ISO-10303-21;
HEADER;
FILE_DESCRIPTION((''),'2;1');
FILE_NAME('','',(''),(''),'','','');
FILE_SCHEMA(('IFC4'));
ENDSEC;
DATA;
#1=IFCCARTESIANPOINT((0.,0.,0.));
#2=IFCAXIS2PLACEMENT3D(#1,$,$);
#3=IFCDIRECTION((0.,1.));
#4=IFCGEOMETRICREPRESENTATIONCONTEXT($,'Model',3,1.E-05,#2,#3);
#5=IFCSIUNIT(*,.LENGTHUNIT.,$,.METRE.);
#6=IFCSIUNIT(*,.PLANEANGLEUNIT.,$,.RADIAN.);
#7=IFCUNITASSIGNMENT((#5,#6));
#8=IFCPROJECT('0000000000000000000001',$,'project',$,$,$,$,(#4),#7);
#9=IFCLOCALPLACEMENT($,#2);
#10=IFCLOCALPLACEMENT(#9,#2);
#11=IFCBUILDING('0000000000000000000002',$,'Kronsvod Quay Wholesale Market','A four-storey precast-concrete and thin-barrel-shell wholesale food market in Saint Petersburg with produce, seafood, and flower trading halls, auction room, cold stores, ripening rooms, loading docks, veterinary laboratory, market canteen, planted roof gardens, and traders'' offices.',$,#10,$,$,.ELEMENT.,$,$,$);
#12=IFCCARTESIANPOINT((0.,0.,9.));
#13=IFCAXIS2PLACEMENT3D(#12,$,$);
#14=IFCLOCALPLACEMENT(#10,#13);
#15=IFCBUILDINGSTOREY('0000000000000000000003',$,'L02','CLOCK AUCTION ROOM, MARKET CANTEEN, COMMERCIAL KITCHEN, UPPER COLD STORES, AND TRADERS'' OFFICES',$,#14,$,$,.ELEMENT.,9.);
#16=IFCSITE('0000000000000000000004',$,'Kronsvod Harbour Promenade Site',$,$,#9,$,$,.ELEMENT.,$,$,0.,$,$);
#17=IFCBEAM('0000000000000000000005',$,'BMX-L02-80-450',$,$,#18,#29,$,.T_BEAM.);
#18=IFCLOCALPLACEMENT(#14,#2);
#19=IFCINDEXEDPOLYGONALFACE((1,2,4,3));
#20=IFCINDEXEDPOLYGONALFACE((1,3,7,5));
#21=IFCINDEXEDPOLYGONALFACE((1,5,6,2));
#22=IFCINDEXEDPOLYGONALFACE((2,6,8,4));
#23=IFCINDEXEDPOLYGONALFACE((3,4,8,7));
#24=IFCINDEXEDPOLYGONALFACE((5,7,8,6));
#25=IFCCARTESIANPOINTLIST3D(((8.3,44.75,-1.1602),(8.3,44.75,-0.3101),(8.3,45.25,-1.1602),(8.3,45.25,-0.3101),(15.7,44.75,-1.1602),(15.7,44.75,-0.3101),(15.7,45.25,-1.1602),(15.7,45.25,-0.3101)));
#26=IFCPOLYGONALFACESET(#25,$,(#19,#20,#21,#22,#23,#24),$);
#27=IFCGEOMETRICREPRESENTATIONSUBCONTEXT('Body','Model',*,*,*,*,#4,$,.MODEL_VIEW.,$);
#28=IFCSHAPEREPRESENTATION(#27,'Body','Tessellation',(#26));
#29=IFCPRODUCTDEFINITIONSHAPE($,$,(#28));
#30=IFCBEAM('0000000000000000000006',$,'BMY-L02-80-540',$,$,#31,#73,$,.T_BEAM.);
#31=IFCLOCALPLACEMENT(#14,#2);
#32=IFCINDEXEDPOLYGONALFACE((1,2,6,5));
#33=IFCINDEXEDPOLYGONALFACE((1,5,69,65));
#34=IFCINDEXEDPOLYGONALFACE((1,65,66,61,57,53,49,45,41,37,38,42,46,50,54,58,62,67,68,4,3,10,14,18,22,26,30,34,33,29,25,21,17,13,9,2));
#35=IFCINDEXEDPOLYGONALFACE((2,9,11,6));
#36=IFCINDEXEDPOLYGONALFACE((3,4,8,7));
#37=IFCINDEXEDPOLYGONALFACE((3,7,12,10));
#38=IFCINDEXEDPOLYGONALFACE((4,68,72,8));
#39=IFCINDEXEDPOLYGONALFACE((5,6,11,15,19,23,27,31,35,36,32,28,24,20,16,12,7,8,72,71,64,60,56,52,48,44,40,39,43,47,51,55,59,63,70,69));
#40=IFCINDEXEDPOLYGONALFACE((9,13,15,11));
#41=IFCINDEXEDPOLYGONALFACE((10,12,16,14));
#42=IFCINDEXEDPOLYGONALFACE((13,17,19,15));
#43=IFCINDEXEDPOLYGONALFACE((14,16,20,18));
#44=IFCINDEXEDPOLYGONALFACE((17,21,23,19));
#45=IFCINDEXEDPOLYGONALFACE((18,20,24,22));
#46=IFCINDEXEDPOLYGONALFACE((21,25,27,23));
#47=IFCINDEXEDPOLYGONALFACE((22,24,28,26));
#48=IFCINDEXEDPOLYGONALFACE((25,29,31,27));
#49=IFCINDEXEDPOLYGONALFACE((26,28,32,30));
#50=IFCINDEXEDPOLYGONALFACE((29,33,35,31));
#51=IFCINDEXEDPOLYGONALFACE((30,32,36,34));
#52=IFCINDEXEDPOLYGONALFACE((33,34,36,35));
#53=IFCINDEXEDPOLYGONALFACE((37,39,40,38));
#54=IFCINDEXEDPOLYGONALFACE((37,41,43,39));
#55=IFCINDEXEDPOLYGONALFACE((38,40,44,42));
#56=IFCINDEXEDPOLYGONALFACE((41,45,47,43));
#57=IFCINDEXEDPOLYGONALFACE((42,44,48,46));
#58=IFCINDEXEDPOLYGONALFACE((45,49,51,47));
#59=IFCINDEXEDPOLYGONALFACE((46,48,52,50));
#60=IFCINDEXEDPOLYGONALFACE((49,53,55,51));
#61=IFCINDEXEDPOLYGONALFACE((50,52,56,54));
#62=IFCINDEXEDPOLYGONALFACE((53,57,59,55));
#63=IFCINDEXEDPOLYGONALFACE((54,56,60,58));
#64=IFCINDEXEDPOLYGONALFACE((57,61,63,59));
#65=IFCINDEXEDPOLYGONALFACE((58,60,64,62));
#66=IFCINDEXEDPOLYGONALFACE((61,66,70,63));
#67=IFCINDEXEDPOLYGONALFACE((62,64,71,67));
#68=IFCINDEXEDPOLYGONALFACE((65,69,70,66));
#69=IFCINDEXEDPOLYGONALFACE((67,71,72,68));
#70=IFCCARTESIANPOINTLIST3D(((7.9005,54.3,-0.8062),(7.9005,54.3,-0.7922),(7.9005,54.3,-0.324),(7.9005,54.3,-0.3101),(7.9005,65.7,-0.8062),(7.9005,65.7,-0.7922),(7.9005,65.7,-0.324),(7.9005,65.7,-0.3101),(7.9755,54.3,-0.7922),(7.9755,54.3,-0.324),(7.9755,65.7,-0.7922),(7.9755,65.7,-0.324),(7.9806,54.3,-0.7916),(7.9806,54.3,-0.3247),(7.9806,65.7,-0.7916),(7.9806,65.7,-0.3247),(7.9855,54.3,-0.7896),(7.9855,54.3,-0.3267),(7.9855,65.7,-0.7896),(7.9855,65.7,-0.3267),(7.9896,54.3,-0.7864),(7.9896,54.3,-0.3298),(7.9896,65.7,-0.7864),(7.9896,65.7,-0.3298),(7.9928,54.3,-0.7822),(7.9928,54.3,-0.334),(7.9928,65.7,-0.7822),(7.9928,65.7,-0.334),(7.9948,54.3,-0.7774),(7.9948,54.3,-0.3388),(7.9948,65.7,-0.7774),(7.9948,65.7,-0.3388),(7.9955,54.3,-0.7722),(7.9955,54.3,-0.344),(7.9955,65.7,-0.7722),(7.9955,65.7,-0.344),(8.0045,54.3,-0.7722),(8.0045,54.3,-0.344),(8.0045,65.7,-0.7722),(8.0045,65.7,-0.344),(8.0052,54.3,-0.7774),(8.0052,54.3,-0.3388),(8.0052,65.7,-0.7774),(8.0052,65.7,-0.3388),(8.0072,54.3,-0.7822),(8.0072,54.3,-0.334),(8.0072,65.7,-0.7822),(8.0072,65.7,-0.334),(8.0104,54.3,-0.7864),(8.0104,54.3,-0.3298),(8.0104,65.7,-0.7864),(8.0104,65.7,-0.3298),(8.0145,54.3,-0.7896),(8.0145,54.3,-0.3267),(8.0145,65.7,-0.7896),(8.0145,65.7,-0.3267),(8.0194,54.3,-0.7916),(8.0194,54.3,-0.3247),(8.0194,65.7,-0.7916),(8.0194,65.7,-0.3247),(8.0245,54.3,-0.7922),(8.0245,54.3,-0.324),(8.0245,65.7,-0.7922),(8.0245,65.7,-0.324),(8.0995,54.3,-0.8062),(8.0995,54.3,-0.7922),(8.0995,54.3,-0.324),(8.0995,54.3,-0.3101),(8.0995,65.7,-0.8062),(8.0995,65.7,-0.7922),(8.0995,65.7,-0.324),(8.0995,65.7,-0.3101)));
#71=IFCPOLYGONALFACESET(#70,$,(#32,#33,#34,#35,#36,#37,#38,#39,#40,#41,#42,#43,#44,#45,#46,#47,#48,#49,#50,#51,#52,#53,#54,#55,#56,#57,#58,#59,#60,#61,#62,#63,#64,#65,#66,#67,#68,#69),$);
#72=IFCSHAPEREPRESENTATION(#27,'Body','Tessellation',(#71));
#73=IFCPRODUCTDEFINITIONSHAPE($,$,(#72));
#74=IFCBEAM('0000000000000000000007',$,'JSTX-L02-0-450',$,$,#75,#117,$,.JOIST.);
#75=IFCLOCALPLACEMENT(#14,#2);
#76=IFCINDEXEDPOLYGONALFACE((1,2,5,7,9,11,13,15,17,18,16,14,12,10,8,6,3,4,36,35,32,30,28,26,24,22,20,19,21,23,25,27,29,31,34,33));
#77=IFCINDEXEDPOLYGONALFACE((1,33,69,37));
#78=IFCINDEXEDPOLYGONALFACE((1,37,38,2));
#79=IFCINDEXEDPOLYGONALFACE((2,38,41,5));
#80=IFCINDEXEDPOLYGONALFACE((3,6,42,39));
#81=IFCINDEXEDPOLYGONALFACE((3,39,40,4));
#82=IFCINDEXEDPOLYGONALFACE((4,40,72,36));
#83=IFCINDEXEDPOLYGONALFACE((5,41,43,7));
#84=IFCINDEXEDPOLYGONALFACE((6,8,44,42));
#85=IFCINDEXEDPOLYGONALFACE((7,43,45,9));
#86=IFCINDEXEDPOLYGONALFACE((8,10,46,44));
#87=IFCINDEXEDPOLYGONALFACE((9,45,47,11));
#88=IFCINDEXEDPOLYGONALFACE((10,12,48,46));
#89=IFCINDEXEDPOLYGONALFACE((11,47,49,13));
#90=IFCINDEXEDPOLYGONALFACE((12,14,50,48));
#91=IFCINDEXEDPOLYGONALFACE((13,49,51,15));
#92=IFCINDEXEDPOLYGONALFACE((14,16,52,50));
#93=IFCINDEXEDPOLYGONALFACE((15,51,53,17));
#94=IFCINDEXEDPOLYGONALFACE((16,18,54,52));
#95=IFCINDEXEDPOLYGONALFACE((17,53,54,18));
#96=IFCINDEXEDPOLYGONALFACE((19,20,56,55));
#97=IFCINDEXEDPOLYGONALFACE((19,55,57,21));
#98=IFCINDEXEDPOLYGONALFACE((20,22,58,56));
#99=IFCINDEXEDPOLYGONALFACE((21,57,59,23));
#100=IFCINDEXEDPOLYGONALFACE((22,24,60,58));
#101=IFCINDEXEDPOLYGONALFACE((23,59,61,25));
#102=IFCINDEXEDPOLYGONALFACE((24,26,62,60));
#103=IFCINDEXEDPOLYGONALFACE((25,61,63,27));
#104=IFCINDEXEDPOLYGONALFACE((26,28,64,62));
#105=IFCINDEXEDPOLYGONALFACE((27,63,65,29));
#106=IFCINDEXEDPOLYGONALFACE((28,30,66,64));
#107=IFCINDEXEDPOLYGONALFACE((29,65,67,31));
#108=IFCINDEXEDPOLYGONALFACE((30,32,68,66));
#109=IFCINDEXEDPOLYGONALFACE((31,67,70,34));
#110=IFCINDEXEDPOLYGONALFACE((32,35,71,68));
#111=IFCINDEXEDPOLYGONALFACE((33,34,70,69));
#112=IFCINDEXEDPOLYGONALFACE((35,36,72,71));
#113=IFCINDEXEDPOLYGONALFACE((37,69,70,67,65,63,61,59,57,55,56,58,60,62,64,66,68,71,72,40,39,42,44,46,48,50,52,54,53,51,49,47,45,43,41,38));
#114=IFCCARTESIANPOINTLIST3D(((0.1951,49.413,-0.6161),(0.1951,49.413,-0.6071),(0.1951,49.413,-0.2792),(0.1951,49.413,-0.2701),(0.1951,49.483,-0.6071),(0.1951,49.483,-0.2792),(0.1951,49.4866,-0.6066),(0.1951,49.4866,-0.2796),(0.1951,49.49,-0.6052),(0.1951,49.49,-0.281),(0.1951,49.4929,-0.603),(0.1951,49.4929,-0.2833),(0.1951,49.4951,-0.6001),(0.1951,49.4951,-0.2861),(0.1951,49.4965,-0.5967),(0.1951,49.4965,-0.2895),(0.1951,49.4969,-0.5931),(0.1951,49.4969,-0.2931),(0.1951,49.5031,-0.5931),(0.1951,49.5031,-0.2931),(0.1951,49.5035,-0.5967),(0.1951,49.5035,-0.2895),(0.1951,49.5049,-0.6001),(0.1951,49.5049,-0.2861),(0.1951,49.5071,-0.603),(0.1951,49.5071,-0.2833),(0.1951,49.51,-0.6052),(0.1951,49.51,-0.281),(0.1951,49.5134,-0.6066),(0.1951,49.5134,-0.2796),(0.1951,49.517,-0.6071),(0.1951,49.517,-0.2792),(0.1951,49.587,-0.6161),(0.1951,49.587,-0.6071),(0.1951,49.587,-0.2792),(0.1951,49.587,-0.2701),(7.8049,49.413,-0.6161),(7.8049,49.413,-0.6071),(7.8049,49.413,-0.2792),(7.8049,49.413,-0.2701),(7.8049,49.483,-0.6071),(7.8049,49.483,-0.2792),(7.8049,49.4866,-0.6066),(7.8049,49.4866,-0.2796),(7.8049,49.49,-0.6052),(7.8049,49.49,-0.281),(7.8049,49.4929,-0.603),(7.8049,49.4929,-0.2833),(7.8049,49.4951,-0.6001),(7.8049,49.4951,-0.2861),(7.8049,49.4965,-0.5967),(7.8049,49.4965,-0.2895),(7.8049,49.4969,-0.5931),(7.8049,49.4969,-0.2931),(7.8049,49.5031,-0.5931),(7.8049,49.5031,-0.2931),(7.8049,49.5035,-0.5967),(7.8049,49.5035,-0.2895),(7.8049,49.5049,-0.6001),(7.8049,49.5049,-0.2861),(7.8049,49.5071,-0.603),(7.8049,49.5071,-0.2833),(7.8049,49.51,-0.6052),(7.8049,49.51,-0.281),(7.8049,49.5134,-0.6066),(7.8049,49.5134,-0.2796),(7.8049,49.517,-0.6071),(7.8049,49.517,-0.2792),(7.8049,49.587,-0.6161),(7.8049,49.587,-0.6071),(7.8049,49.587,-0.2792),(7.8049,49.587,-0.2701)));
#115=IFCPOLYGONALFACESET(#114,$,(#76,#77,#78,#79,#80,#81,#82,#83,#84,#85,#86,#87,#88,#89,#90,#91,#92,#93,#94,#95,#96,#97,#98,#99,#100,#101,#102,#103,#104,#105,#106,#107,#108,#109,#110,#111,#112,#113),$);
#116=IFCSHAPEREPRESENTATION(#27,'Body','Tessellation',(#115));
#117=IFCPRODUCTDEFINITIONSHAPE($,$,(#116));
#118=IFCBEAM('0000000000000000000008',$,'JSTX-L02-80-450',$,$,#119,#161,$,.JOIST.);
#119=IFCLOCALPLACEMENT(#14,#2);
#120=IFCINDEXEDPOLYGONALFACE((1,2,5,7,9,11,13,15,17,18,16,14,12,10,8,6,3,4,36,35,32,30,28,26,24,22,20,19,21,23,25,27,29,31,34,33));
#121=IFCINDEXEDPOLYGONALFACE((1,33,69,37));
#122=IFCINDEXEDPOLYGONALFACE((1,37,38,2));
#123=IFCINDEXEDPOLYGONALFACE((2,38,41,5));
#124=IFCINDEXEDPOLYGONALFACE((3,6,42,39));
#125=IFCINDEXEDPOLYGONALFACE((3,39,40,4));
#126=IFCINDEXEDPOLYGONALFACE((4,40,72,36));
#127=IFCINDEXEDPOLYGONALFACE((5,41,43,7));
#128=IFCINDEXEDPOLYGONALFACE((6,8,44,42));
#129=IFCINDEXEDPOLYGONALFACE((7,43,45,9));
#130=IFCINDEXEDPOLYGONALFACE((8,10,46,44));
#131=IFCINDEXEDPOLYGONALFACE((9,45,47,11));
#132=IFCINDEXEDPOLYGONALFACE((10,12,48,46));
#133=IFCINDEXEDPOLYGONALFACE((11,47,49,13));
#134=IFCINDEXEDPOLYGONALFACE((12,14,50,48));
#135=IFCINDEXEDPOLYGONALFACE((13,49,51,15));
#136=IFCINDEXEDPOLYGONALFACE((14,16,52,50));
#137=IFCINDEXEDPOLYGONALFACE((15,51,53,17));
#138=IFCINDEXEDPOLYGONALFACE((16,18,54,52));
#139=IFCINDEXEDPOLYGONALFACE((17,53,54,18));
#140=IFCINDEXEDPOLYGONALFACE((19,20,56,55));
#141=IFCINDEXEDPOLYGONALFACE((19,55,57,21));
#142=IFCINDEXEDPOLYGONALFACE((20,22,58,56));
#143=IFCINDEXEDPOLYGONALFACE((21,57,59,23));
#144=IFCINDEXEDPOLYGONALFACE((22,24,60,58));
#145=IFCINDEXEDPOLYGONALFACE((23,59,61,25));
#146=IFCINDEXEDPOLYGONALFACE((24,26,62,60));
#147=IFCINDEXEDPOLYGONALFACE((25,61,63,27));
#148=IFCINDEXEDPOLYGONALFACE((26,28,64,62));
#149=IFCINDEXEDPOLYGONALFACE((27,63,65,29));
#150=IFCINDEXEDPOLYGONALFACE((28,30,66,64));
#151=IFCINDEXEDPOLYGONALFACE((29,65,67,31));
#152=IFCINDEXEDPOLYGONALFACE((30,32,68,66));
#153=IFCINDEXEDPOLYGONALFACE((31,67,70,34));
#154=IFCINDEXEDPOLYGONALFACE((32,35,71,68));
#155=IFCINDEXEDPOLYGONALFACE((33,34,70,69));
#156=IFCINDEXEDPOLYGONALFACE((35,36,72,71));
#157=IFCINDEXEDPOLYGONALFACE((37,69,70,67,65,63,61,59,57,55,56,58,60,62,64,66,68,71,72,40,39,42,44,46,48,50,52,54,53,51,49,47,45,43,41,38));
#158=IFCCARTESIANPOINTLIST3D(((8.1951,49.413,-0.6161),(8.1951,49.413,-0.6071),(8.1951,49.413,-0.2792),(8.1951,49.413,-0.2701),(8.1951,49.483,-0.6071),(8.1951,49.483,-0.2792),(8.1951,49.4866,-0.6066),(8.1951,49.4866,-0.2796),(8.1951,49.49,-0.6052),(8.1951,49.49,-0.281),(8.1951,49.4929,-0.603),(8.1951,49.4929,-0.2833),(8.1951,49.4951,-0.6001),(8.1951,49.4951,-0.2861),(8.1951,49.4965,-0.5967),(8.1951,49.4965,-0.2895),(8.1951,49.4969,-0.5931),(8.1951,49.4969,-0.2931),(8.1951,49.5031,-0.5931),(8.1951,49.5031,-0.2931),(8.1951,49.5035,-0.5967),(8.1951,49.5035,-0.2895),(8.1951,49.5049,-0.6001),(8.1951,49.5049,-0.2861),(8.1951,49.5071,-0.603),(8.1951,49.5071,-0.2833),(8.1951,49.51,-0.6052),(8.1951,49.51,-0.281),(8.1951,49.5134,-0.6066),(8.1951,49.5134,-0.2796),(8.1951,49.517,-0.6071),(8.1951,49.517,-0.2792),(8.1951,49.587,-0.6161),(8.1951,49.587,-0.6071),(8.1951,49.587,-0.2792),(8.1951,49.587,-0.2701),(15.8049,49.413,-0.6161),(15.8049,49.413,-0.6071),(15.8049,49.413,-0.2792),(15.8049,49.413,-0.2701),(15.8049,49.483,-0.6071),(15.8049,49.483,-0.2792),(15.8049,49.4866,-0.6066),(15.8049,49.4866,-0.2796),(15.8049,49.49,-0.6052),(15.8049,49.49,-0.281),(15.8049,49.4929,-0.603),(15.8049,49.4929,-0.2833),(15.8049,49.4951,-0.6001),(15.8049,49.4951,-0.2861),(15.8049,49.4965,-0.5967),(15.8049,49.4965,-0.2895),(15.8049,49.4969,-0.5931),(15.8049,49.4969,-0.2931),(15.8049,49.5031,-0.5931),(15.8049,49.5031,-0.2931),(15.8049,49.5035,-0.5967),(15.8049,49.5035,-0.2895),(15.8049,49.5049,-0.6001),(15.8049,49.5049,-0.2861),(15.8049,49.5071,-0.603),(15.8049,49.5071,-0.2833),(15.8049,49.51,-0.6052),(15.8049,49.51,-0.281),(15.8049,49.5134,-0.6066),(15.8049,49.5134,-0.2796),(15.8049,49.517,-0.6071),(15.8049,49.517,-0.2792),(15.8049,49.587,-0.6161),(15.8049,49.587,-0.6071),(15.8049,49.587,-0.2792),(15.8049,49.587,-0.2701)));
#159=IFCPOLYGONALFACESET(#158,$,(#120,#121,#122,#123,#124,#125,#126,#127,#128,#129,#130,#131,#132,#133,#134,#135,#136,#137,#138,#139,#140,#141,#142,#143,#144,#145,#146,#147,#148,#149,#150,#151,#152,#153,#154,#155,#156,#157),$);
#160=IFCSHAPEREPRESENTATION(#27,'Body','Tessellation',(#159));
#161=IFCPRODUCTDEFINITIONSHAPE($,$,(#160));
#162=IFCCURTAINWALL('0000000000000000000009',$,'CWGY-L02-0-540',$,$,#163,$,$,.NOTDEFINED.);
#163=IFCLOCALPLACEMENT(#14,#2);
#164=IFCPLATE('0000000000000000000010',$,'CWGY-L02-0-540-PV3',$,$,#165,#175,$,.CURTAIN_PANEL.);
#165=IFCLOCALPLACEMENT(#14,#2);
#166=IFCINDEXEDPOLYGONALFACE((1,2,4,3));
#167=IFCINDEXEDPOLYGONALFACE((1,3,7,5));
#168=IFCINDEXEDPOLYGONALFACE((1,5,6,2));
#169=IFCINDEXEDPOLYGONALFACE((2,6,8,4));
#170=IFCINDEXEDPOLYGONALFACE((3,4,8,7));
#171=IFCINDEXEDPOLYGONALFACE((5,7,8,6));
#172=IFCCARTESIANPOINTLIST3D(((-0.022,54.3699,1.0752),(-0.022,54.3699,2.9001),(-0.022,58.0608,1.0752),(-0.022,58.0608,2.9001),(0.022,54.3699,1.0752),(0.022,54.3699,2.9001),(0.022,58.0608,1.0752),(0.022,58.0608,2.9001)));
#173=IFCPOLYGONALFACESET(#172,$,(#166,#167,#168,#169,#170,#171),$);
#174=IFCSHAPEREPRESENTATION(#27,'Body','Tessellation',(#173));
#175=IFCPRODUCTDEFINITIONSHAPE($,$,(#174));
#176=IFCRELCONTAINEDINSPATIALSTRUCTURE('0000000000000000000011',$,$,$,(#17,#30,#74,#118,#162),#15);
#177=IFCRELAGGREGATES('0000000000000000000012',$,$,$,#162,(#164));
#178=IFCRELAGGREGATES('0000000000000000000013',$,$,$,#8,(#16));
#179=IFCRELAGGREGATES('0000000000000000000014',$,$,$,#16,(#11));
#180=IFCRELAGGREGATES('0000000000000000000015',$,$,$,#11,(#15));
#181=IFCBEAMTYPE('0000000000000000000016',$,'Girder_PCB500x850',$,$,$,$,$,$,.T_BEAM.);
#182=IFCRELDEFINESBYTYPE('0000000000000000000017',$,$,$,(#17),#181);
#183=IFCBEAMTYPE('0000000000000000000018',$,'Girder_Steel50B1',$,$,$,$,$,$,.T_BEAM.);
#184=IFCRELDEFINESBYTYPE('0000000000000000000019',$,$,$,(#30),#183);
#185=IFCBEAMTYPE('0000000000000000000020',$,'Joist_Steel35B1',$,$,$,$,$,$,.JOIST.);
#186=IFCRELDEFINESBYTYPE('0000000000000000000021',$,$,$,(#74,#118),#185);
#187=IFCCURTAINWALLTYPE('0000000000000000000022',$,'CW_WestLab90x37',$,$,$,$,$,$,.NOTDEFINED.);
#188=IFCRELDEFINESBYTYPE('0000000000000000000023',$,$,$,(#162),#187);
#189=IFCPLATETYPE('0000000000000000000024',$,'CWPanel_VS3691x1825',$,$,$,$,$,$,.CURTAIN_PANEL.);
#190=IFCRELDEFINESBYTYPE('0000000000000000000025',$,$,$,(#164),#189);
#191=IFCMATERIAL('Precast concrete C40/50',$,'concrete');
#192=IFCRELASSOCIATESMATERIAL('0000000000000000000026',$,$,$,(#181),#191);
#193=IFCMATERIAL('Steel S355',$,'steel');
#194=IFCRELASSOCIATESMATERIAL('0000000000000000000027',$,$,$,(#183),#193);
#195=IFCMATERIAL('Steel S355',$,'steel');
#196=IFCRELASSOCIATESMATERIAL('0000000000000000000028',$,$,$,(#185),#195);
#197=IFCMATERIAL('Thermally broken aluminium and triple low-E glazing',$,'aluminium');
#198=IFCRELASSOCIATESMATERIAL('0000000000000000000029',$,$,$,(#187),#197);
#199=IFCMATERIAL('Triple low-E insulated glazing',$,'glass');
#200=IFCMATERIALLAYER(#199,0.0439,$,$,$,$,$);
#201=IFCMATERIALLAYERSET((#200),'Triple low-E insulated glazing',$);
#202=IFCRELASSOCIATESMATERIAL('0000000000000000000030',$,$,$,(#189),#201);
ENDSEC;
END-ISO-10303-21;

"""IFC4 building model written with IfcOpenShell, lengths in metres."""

from ifc_helpers import new_model, si_unit, direction, frame, origin, origin_2d, place, context, subcontext, project, spatial, rectangle, i_section, extrude, material, layer, layer_set, material_profile, profile_set, type_object, element, aggregate, save


model = new_model("IFC4")

# Units and contexts
model_context = context("Model", 3, precision=1e-05, world=origin(), true_north=direction((0.0, 1.0)))
body_context = subcontext(model_context, "Body", "Model", "MODEL_VIEW")
ifc_project = project(units=[si_unit("LENGTHUNIT", "METRE"), si_unit("PLANEANGLEUNIT", "RADIAN")], contexts=[model_context])

# Site, building, storey
site_placement = place(None, origin())
site = spatial("IfcSite", under=ifc_project, at=site_placement, Name="Kronsvod Harbour Promenade Site", CompositionType="ELEMENT", RefElevation=0.0)
building_placement = place(site_placement, origin())
building = spatial("IfcBuilding", under=site, at=building_placement, Name="Kronsvod Quay Wholesale Market", Description="A four-storey precast-concrete and thin-barrel-shell wholesale food market in Saint Petersburg with produce, seafood, and flower trading halls, auction room, cold stores, ripening rooms, loading docks, veterinary laboratory, market canteen, planted roof gardens, and traders' offices.", CompositionType="ELEMENT")
storey_placement = place(building_placement, frame((0.0, 0.0, 9.0)))
storey = spatial("IfcBuildingStorey", under=building, at=storey_placement, Name="L02", Description="CLOCK AUCTION ROOM, MARKET CANTEEN, COMMERCIAL KITCHEN, UPPER COLD STORES, AND TRADERS' OFFICES", CompositionType="ELEMENT", Elevation=9.0)

# Beams
ifc_material_1 = material(Name="Precast concrete C40/50", Category="concrete")
ifc_material_profile_1 = material_profile(ifc_material_1, rectangle(XDim=0.5, YDim=0.8501, at=origin_2d()), Name="PCB500x850")
ifc_profile_set_1 = profile_set([ifc_material_profile_1], Name="Precast concrete C40/50")
beam_type_1 = type_object("IfcBeamType", Name="Girder_PCB500x850", PredefinedType="T_BEAM", material=ifc_profile_set_1)
beam_1_placement = place(storey_placement, frame((8.3, 45.0, -0.7351), z_axis=(1.0, 0.0, 0.0), x_axis=(0.0, 1.0, 0.0)))
element("IfcBeam", 1, at=beam_1_placement, inside=storey, type_object=beam_type_1, Name="BMX-L02-80-450", PredefinedType="T_BEAM", context=body_context, shape_type="SweptSolid", body=[
    extrude(rectangle(XDim=0.5, YDim=0.8501, at=origin_2d()), origin(), (0.0, 0.0, 1.0), 7.3999),
])
ifc_material_2 = material(Name="Steel S355", Category="steel")
ifc_material_profile_2 = material_profile(ifc_material_2, i_section(OverallWidth=0.199, OverallDepth=0.4961, WebThickness=0.009, FlangeThickness=0.0139, FilletRadius=0.02, at=origin_2d()), Name="50B1")
ifc_profile_set_2 = profile_set([ifc_material_profile_2], Name="Steel S355")
beam_type_2 = type_object("IfcBeamType", Name="Girder_Steel50B1", PredefinedType="T_BEAM", material=ifc_profile_set_2)
beam_2_placement = place(storey_placement, frame((8.0, 54.3, -0.5581), z_axis=(0.0, 1.0, 0.0), x_axis=(-1.0, 0.0, 0.0)))
element("IfcBeam", 2, at=beam_2_placement, inside=storey, type_object=beam_type_2, Name="BMY-L02-80-540", PredefinedType="T_BEAM", context=body_context, shape_type="SweptSolid", body=[
    extrude(i_section(OverallWidth=0.199, OverallDepth=0.4961, WebThickness=0.009, FlangeThickness=0.0139, FilletRadius=0.02, at=origin_2d()), origin(), (0.0, 0.0, 1.0), 11.3999),
])
ifc_material_3 = material(Name="Steel S355", Category="steel")
ifc_material_profile_3 = material_profile(ifc_material_3, i_section(OverallWidth=0.1741, OverallDepth=0.3459, WebThickness=0.0061, FlangeThickness=0.009, FilletRadius=0.0139, at=origin_2d()), Name="35B1")
ifc_profile_set_3 = profile_set([ifc_material_profile_3], Name="Steel S355")
beam_type_3 = type_object("IfcBeamType", Name="Joist_Steel35B1", PredefinedType="JOIST", material=ifc_profile_set_3)
for number, where, z_axis, x_axis, name in (
    (3, (0.1951, 49.5, -0.4431), (1.0, 0.0, 0.0), (0.0, 1.0, 0.0), "JSTX-L02-0-450"),
    (4, (8.1951, 49.5, -0.4431), (1.0, 0.0, 0.0), (0.0, 1.0, 0.0), "JSTX-L02-80-450"),
):
    element("IfcBeam", number, at=place(storey_placement, frame(where, z_axis=z_axis, x_axis=x_axis)), inside=storey, type_object=beam_type_3, Name=name, PredefinedType="JOIST", context=body_context, shape_type="SweptSolid", body=[
        extrude(i_section(OverallWidth=0.1741, OverallDepth=0.3459, WebThickness=0.0061, FlangeThickness=0.009, FilletRadius=0.0139, at=origin_2d()), origin(), (0.0, 0.0, 1.0), 7.6099),
    ])

# Curtain wall, plate
ifc_material_4 = material(Name="Thermally broken aluminium and triple low-E glazing", Category="aluminium")
curtain_wall_type = type_object("IfcCurtainWallType", Name="CW_WestLab90x37", PredefinedType="NOTDEFINED", material=ifc_material_4)
curtain_wall_placement = place(storey_placement, origin())
curtain_wall = element("IfcCurtainWall", 5, at=curtain_wall_placement, inside=storey, type_object=curtain_wall_type, Name="CWGY-L02-0-540", PredefinedType="NOTDEFINED")
ifc_material_5 = material(Name="Triple low-E insulated glazing", Category="glass")
ifc_layer_1 = layer(ifc_material_5, 0.0439)
ifc_layer_set_1 = layer_set([ifc_layer_1], Name="Triple low-E insulated glazing")
plate_type = type_object("IfcPlateType", Name="CWPanel_VS3691x1825", PredefinedType="CURTAIN_PANEL", material=ifc_layer_set_1)
plate_placement = place(storey_placement, frame((0.0, 56.2153, 1.0752), z_axis=(0.0, 0.0, 1.0), x_axis=(0.0, -1.0, 0.0)))
plate = element("IfcPlate", 6, at=plate_placement, type_object=plate_type, Name="CWGY-L02-0-540-PV3", PredefinedType="CURTAIN_PANEL", context=body_context, shape_type="SweptSolid", body=[
    extrude(rectangle(XDim=3.6909, YDim=0.0439, at=origin_2d()), origin(), (0.0, 0.0, 1.0), 1.825),
])
aggregate(curtain_wall, [plate])

save(model, "model.ifc")
